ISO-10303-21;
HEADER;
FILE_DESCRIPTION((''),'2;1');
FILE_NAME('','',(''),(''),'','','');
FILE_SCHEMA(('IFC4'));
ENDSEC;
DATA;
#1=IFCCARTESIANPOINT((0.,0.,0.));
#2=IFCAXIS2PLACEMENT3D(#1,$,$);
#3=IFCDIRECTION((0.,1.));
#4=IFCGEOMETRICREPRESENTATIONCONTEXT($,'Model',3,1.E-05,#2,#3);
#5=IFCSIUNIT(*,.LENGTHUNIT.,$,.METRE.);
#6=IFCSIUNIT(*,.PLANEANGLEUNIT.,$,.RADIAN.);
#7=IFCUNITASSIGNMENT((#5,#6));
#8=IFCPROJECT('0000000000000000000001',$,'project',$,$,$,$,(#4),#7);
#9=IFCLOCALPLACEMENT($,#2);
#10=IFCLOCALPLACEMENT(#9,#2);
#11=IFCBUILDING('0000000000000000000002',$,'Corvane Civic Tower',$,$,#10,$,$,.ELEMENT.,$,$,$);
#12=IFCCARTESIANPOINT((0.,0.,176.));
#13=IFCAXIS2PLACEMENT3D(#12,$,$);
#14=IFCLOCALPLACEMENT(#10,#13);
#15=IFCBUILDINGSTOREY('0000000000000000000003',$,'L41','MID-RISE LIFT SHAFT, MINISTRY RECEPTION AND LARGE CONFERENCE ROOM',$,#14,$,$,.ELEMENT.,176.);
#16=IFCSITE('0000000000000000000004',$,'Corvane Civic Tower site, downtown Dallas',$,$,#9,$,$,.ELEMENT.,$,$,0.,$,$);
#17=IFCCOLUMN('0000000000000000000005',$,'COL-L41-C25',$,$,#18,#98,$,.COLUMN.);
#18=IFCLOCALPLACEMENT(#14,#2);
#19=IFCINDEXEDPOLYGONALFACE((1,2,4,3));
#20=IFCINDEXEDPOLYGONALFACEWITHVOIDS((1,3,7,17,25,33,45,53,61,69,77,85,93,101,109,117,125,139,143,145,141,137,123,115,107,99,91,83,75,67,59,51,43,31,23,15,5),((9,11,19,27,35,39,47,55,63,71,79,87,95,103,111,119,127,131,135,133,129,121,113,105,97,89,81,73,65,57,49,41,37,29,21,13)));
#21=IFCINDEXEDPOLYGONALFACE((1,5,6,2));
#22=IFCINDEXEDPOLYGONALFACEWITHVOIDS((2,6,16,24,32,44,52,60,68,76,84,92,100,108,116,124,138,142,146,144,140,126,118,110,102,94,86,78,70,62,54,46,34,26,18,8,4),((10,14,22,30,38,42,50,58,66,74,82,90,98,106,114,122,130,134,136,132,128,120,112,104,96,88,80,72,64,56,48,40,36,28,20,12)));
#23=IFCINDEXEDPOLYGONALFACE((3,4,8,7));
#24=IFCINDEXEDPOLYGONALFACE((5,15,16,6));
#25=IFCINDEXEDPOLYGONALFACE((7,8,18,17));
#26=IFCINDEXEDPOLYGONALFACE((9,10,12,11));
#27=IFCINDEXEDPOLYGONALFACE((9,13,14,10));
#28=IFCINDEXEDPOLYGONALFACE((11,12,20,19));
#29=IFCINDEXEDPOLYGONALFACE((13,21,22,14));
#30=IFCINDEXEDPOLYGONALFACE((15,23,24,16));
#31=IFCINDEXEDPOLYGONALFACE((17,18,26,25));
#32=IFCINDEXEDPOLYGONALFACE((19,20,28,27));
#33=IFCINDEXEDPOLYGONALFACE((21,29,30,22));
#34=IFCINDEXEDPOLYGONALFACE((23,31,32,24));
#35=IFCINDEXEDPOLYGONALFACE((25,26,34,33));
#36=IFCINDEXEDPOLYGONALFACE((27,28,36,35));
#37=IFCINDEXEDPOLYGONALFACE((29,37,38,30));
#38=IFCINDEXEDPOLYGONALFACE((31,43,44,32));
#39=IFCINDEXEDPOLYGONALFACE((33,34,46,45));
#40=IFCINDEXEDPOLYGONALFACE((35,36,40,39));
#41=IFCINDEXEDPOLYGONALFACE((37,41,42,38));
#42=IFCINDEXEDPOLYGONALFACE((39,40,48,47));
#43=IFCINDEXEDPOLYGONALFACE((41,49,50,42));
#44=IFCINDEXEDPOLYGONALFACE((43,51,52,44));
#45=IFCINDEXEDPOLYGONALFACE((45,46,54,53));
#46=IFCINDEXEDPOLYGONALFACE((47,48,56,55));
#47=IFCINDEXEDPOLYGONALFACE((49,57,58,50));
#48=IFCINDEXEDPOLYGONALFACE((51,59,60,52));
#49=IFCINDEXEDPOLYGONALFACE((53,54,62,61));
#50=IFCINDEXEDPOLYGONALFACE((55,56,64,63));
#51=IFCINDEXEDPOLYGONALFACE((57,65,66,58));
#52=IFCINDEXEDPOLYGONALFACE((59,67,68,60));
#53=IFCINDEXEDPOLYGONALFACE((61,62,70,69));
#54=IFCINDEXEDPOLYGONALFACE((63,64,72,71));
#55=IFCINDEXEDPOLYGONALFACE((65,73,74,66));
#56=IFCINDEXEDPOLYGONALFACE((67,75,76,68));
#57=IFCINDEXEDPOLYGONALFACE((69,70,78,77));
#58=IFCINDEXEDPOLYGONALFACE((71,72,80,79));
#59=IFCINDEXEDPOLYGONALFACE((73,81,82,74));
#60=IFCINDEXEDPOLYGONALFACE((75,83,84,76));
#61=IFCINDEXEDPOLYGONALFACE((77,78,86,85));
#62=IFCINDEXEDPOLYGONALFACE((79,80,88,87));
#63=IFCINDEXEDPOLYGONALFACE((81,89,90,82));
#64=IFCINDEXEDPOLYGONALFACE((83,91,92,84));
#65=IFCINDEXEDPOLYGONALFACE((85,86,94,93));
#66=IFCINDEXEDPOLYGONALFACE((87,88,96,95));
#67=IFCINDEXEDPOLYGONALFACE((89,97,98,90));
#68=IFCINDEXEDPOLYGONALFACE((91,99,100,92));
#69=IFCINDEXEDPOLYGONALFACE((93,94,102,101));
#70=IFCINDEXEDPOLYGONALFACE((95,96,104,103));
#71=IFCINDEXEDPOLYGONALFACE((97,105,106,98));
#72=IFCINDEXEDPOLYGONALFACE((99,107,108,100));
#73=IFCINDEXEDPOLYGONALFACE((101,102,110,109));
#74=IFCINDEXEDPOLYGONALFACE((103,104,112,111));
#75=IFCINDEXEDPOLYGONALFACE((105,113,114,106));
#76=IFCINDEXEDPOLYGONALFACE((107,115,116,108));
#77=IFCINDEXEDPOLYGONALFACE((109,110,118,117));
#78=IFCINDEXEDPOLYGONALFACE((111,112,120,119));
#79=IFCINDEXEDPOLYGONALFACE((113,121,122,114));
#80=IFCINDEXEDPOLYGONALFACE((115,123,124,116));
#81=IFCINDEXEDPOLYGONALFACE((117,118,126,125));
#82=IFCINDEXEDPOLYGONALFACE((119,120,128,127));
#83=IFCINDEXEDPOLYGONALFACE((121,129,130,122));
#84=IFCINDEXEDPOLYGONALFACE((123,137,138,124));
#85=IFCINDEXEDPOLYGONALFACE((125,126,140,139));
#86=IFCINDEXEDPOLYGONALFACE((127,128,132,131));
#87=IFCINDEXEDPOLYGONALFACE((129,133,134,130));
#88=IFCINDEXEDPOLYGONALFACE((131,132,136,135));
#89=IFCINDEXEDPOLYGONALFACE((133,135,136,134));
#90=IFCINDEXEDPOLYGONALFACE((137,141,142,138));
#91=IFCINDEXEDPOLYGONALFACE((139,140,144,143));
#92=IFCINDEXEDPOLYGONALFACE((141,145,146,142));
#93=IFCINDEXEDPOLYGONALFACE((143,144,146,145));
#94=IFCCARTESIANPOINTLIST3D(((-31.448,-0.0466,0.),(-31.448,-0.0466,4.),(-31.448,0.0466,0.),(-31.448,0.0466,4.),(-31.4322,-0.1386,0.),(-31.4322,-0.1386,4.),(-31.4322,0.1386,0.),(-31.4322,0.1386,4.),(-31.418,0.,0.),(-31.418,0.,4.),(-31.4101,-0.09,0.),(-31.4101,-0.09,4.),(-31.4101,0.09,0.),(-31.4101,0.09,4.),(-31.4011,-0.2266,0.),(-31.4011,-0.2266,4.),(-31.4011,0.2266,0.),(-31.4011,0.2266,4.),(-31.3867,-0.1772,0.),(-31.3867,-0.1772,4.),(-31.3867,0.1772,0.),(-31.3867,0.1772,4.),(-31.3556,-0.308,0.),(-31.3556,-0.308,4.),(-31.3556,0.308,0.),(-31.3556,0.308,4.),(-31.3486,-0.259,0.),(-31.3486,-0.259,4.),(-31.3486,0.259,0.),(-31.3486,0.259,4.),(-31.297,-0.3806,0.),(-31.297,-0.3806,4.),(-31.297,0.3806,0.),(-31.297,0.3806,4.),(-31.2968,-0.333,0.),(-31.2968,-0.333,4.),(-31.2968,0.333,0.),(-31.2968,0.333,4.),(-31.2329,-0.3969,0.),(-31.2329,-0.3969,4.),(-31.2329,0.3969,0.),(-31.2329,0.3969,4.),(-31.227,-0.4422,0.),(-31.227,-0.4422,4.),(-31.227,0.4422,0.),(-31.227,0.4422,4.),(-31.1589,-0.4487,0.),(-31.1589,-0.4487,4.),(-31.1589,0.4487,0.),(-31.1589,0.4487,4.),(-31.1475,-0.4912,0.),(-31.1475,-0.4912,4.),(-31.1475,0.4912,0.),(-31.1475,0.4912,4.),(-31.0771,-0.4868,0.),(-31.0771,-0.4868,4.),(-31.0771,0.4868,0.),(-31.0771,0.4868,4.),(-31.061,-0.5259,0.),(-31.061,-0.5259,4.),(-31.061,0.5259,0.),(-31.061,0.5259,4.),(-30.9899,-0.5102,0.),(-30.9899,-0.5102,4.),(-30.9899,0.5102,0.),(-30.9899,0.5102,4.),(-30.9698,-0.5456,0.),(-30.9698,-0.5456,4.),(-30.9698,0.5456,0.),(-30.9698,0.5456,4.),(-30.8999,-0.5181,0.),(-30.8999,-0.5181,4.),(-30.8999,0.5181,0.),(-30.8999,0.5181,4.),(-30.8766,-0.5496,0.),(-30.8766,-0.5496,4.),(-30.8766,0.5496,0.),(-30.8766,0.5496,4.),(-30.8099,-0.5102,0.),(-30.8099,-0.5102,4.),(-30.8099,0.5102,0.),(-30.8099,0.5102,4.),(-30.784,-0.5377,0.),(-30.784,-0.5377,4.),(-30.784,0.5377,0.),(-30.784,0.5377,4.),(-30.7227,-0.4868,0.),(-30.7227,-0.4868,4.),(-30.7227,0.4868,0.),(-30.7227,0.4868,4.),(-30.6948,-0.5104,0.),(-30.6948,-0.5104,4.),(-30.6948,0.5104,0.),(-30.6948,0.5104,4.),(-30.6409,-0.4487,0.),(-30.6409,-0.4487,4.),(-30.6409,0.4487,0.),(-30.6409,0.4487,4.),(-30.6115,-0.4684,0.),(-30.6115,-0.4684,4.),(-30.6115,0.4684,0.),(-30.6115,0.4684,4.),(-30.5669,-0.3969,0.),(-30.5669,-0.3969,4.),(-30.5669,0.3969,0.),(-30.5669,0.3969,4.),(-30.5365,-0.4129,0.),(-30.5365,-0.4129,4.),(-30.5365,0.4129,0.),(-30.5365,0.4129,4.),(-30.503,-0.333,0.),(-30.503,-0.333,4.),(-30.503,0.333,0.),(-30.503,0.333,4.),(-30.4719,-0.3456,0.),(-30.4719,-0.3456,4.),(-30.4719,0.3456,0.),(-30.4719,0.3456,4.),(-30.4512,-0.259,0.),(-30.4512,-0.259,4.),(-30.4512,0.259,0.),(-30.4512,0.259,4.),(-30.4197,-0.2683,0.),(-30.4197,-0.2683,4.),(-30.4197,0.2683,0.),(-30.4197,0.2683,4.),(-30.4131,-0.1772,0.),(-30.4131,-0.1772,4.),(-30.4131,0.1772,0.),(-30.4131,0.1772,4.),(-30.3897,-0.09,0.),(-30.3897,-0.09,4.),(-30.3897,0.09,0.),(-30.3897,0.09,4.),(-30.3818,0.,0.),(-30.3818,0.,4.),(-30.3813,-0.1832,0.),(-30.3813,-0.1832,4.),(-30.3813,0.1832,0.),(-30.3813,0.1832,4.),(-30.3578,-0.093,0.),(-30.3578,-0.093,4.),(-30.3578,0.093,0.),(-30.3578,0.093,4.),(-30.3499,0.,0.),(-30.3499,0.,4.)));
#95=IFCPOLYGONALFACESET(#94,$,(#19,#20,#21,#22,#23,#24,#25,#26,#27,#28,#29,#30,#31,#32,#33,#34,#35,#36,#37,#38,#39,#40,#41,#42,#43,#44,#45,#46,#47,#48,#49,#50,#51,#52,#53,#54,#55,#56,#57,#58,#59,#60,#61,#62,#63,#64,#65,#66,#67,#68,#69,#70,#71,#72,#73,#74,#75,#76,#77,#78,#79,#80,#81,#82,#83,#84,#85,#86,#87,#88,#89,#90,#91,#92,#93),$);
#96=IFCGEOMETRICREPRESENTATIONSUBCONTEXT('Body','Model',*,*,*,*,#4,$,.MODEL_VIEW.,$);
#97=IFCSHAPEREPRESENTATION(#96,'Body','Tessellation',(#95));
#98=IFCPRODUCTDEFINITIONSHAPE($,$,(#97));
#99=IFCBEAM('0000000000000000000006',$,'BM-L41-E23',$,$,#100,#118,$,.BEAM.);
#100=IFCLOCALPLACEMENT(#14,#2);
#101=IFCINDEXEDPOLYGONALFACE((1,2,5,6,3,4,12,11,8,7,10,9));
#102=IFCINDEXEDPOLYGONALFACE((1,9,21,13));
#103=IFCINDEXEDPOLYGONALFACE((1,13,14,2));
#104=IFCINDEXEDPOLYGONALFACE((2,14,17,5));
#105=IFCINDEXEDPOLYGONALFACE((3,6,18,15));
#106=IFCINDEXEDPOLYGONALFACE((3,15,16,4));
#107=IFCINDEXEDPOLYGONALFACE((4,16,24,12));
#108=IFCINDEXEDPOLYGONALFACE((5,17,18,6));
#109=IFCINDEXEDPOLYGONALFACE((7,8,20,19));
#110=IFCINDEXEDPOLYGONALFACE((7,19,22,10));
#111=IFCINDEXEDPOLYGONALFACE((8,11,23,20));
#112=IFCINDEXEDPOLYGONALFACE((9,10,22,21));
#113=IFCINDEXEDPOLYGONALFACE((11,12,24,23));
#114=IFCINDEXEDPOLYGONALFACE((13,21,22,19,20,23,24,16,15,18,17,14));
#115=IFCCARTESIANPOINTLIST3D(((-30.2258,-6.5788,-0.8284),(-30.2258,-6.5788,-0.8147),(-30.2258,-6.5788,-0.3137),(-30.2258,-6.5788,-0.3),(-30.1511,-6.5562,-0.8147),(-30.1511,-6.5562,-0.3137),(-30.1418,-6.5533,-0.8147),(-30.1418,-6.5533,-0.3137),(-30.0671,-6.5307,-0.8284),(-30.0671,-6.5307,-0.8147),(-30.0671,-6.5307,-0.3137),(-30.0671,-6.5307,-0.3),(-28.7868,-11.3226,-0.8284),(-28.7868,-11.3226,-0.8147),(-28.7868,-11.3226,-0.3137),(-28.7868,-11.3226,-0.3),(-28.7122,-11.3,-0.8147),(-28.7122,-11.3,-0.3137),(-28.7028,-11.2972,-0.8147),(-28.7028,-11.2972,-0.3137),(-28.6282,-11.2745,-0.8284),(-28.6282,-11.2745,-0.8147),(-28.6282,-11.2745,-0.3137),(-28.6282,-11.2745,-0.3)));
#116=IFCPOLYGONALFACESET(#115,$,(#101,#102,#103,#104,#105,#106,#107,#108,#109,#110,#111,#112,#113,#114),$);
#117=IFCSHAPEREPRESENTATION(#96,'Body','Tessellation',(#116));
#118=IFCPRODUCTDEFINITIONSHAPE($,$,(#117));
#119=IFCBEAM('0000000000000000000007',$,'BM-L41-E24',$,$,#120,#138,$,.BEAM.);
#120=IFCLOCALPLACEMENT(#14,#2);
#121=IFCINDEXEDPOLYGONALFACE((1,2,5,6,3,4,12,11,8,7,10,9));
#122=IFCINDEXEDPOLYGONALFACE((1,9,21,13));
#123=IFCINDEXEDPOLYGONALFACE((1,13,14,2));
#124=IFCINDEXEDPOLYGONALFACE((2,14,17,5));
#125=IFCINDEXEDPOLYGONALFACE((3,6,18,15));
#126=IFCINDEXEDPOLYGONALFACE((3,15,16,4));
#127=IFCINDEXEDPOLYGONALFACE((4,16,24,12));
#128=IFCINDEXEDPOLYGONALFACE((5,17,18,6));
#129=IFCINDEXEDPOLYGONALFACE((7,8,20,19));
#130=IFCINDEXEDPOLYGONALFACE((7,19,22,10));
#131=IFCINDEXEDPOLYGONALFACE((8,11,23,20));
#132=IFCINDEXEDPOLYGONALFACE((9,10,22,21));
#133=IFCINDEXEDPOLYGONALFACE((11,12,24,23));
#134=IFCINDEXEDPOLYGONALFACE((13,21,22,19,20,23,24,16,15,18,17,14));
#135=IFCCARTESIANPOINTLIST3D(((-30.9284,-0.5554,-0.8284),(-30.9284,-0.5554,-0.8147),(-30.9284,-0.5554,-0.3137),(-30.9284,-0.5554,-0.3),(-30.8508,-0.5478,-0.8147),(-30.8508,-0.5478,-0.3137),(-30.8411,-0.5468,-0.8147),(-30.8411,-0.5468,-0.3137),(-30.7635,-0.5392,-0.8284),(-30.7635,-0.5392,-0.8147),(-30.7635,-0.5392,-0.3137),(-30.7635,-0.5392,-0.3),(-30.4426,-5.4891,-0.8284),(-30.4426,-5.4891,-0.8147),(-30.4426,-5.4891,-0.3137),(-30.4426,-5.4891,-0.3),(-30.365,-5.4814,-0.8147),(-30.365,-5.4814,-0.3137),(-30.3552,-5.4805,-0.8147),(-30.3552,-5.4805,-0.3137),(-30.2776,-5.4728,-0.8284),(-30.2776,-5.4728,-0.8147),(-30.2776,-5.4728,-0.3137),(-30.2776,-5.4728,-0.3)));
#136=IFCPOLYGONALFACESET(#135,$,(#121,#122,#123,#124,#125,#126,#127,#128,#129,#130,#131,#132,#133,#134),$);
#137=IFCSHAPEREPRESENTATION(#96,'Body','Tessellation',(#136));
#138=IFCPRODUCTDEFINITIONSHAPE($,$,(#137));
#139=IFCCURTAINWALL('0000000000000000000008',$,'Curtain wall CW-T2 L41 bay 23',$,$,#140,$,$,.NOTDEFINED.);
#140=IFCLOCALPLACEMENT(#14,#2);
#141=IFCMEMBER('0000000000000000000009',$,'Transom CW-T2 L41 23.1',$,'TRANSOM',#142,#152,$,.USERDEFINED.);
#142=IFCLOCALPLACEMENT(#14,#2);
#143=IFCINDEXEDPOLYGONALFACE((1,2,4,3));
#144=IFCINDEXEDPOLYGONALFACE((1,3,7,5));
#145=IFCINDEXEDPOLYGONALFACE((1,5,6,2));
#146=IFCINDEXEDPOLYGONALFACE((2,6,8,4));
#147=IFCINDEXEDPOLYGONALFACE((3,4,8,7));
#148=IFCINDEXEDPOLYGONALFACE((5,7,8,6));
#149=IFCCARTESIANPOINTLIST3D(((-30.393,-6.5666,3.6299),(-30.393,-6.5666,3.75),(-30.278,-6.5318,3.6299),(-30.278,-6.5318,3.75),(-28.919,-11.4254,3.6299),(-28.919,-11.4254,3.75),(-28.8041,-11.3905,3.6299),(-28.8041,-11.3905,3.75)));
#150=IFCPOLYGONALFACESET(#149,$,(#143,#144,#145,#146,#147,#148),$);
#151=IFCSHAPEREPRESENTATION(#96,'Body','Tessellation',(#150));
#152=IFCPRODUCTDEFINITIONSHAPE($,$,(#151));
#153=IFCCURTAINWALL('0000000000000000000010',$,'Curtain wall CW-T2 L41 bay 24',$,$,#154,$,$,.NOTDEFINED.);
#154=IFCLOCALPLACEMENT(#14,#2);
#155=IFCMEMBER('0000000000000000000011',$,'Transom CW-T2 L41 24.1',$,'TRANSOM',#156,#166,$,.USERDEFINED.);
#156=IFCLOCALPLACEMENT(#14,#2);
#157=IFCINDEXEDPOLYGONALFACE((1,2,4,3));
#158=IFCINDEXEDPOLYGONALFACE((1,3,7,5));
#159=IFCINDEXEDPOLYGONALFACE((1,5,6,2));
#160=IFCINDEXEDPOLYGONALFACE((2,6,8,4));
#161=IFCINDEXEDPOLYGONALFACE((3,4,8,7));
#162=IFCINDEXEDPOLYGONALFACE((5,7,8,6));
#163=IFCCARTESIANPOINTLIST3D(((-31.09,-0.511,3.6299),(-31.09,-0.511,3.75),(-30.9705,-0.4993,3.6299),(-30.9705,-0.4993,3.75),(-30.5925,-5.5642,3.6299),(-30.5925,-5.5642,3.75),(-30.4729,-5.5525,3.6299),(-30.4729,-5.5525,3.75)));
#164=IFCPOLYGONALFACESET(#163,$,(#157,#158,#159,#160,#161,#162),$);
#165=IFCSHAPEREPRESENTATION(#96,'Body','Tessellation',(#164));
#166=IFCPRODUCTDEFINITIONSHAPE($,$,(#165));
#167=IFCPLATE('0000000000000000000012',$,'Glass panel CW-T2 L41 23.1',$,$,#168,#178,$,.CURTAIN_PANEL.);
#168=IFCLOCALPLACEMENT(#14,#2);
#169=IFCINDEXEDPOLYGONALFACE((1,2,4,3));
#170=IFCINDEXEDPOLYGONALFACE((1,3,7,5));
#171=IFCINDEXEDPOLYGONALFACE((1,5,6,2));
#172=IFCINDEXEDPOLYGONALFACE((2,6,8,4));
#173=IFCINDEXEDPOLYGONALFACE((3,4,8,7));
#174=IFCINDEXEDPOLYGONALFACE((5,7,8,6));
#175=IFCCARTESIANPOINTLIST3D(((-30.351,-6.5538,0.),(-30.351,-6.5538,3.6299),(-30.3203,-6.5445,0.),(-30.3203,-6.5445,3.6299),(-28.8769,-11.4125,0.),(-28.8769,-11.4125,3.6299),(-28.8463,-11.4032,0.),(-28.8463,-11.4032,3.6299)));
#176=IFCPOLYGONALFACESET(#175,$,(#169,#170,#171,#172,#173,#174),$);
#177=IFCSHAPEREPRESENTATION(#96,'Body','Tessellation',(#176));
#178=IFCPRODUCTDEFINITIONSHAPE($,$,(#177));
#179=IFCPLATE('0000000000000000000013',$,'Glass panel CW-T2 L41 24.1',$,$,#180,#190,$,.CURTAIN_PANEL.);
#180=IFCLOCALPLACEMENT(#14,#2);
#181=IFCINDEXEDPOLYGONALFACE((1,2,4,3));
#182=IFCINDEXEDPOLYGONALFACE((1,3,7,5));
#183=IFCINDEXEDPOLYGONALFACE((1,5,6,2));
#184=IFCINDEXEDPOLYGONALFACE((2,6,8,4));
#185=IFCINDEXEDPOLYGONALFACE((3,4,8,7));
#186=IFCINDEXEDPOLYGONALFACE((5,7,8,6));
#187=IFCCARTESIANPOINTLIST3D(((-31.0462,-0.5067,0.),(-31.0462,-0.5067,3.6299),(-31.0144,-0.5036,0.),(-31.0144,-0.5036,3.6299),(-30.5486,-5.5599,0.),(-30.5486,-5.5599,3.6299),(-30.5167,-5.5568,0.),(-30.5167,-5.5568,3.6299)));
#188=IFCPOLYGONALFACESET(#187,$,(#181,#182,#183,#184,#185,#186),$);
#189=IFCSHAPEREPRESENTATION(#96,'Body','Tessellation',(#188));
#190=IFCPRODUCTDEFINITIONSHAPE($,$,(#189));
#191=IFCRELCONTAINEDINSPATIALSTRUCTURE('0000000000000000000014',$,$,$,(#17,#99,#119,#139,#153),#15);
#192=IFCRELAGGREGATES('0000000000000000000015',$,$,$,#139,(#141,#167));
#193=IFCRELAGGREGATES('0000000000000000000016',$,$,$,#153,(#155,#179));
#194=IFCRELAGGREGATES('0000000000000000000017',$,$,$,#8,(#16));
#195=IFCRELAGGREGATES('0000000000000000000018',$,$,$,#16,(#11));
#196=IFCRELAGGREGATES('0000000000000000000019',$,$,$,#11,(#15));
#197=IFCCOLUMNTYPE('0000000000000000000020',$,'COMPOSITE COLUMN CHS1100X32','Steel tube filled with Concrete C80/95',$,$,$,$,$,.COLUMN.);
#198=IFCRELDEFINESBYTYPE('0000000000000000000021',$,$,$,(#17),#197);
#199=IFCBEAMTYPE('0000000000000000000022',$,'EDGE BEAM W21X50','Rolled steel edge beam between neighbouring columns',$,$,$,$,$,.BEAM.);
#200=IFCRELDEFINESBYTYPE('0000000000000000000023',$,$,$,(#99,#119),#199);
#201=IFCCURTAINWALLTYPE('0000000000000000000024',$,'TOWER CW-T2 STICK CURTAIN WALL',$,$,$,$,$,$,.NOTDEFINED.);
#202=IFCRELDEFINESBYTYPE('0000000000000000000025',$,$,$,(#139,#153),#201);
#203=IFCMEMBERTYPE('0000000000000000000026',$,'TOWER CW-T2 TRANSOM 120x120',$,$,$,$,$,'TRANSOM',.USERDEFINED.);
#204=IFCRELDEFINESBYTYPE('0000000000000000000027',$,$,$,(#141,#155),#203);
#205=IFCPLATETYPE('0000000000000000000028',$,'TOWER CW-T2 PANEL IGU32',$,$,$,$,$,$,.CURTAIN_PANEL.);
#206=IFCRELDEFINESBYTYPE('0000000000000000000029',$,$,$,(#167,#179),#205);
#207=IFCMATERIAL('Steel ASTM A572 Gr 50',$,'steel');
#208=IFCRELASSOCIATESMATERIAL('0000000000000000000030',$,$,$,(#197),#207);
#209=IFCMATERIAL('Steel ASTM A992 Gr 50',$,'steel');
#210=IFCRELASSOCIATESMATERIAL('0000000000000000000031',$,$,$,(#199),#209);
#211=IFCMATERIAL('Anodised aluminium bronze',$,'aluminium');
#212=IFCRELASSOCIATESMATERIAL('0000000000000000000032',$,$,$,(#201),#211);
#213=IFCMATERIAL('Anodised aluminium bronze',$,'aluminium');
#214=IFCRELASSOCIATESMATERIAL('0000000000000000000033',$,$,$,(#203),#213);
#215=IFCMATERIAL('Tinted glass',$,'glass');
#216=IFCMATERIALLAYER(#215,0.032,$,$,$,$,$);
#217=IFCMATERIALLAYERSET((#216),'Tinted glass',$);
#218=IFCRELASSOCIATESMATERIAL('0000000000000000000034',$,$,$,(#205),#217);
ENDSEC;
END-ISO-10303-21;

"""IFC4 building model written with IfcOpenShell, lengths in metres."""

from ifc_helpers import new_model, si_unit, direction, frame, origin, origin_2d, place, context, subcontext, project, spatial, rectangle, hollow_circle, i_section, extrude, material, layer, layer_set, material_profile, profile_set, type_object, element, aggregate, save


model = new_model("IFC4")

# Units and contexts
model_context = context("Model", 3, precision=1e-05, world=origin(), true_north=direction((0.0, 1.0)))
body_context = subcontext(model_context, "Body", "Model", "MODEL_VIEW")
ifc_project = project(units=[si_unit("LENGTHUNIT", "METRE"), si_unit("PLANEANGLEUNIT", "RADIAN")], contexts=[model_context])

# Site, building, storey
site_placement = place(None, origin())
site = spatial("IfcSite", under=ifc_project, at=site_placement, Name="Corvane Civic Tower site, downtown Dallas", CompositionType="ELEMENT", RefElevation=0.0)
building_placement = place(site_placement, origin())
building = spatial("IfcBuilding", under=site, at=building_placement, Name="Corvane Civic Tower", CompositionType="ELEMENT")
storey_placement = place(building_placement, frame((0.0, 0.0, 176.0)))
storey = spatial("IfcBuildingStorey", under=building, at=storey_placement, Name="L41", Description="MID-RISE LIFT SHAFT, MINISTRY RECEPTION AND LARGE CONFERENCE ROOM", CompositionType="ELEMENT", Elevation=176.0)

# Column
ifc_material_1 = material(Name="Steel ASTM A572 Gr 50", Category="steel")
ifc_material_profile_1 = material_profile(ifc_material_1, hollow_circle(Radius=0.55, WallThickness=0.032, at=origin_2d()), Name="CHS1100X32")
ifc_profile_set_1 = profile_set([ifc_material_profile_1], Name="Steel ASTM A572 Gr 50")
column_type = type_object("IfcColumnType", Name="COMPOSITE COLUMN CHS1100X32", Description="Steel tube filled with Concrete C80/95", PredefinedType="COLUMN", material=ifc_profile_set_1)
for number, where, z_axis, x_axis, name in (
    (1, (-30.8999, 0.0, 0.0), (0.0, 0.0, 1.0), (1.0, 0.0, 0.0), "COL-L41-C25"),
):
    element("IfcColumn", number, at=place(storey_placement, frame(where, z_axis=z_axis, x_axis=x_axis)), inside=storey, type_object=column_type, Name=name, PredefinedType="COLUMN", context=body_context, shape_type="SweptSolid", body=[
        extrude(hollow_circle(Radius=0.55, WallThickness=0.032, at=origin_2d()), origin(), (0.0, 0.0, 1.0), 4.0),
    ])

# Beams
ifc_material_2 = material(Name="Steel ASTM A992 Gr 50", Category="steel")
ifc_material_profile_2 = material_profile(ifc_material_2, i_section(OverallWidth=0.1658, OverallDepth=0.5283, WebThickness=0.0098, FlangeThickness=0.0137, at=origin_2d()), Name="W21X50")
ifc_profile_set_2 = profile_set([ifc_material_profile_2], Name="Steel ASTM A992 Gr 50")
beam_type = type_object("IfcBeamType", Name="EDGE BEAM W21X50", Description="Rolled steel edge beam between neighbouring columns", PredefinedType="BEAM", material=ifc_profile_set_2)
beam_1_placement = place(storey_placement, frame((-28.7075, -11.2986, -0.5642), z_axis=(-0.29027, 0.956945, 0.0), x_axis=(-0.956945, -0.29027, 0.0)))
element("IfcBeam", 2, at=beam_1_placement, inside=storey, type_object=beam_type, Name="BM-L41-E23", PredefinedType="BEAM", context=body_context, shape_type="SweptSolid", body=[
    extrude(i_section(OverallWidth=0.1658, OverallDepth=0.5283, WebThickness=0.0098, FlangeThickness=0.0137, at=origin_2d()), origin(), (0.0, 0.0, 1.0), 4.9573),
])
beam_2_placement = place(storey_placement, frame((-30.3601, -5.481, -0.5642), z_axis=(-0.098002, 0.995186, 0.0), x_axis=(-0.995186, -0.098002, 0.0)))
element("IfcBeam", 3, at=beam_2_placement, inside=storey, type_object=beam_type, Name="BM-L41-E24", PredefinedType="BEAM", context=body_context, shape_type="SweptSolid", body=[
    extrude(i_section(OverallWidth=0.1658, OverallDepth=0.5283, WebThickness=0.0098, FlangeThickness=0.0137, at=origin_2d()), origin(), (0.0, 0.0, 1.0), 4.9575),
])

# Curtain walls, members
ifc_material_3 = material(Name="Anodised aluminium bronze", Category="aluminium")
curtain_wall_type = type_object("IfcCurtainWallType", Name="TOWER CW-T2 STICK CURTAIN WALL", PredefinedType="NOTDEFINED", material=ifc_material_3)
curtain_wall_1_placement = place(storey_placement, origin())
curtain_wall_1 = element("IfcCurtainWall", 4, at=curtain_wall_1_placement, inside=storey, type_object=curtain_wall_type, Name="Curtain wall CW-T2 L41 bay 23", PredefinedType="NOTDEFINED")
ifc_material_4 = material(Name="Anodised aluminium bronze", Category="aluminium")
ifc_material_profile_3 = material_profile(ifc_material_4, rectangle(XDim=0.1201, YDim=0.1201, at=origin_2d()), Name="TOWER CW-T2 TRANSOM 120x120")
ifc_profile_set_3 = profile_set([ifc_material_profile_3], Name="Anodised aluminium bronze")
member_type = type_object("IfcMemberType", Name="TOWER CW-T2 TRANSOM 120x120", ElementType="TRANSOM", PredefinedType="USERDEFINED", material=ifc_profile_set_3)
member_1_placement = place(storey_placement, frame((-28.8616, -11.408, 3.6899), z_axis=(-0.290289, 0.956939, 0.0), x_axis=(-0.956939, -0.290289, 0.0)))
member_1 = element("IfcMember", 5, at=member_1_placement, type_object=member_type, Name="Transom CW-T2 L41 23.1", ObjectType="TRANSOM", PredefinedType="USERDEFINED", context=body_context, shape_type="SweptSolid", body=[
    extrude(rectangle(XDim=0.1201, YDim=0.1201, at=origin_2d()), origin(), (0.0, 0.0, 1.0), 5.0774),
])
curtain_wall_2_placement = place(storey_placement, origin())
curtain_wall_2 = element("IfcCurtainWall", 6, at=curtain_wall_2_placement, inside=storey, type_object=curtain_wall_type, Name="Curtain wall CW-T2 L41 bay 24", PredefinedType="NOTDEFINED")
member_2_placement = place(storey_placement, frame((-30.5327, -5.5583, 3.6899), z_axis=(-0.09799, 0.995187, 0.0), x_axis=(-0.995187, -0.09799, 0.0)))
member_2 = element("IfcMember", 7, at=member_2_placement, type_object=member_type, Name="Transom CW-T2 L41 24.1", ObjectType="TRANSOM", PredefinedType="USERDEFINED", context=body_context, shape_type="SweptSolid", body=[
    extrude(rectangle(XDim=0.1201, YDim=0.1201, at=origin_2d()), origin(), (0.0, 0.0, 1.0), 5.0776),
])

# Plates
ifc_material_5 = material(Name="Tinted glass", Category="glass")
ifc_layer_1 = layer(ifc_material_5, 0.032)
ifc_layer_set_1 = layer_set([ifc_layer_1], Name="Tinted glass")
plate_type = type_object("IfcPlateType", Name="TOWER CW-T2 PANEL IGU32", PredefinedType="CURTAIN_PANEL", material=ifc_layer_set_1)
plate_1_placement = place(storey_placement, frame((-29.5986, -8.9785, 0.0), z_axis=(0.0, 0.0, 1.0), x_axis=(-0.290313, 0.956932, 0.0)))
plate_1 = element("IfcPlate", 8, at=plate_1_placement, type_object=plate_type, Name="Glass panel CW-T2 L41 23.1", PredefinedType="CURTAIN_PANEL", context=body_context, shape_type="SweptSolid", body=[
    extrude(rectangle(XDim=5.0774, YDim=0.032, at=origin_2d()), origin(), (0.0, 0.0, 1.0), 3.6299),
])
aggregate(curtain_wall_1, [member_1, plate_1])
plate_2_placement = place(storey_placement, frame((-30.7815, -3.0317, 0.0), z_axis=(0.0, 0.0, 1.0), x_axis=(-0.098012, 0.995185, 0.0)))
plate_2 = element("IfcPlate", 9, at=plate_2_placement, type_object=plate_type, Name="Glass panel CW-T2 L41 24.1", PredefinedType="CURTAIN_PANEL", context=body_context, shape_type="SweptSolid", body=[
    extrude(rectangle(XDim=5.0776, YDim=0.032, at=origin_2d()), origin(), (0.0, 0.0, 1.0), 3.6299),
])
aggregate(curtain_wall_2, [member_2, plate_2])

save(model, "model.ifc")
